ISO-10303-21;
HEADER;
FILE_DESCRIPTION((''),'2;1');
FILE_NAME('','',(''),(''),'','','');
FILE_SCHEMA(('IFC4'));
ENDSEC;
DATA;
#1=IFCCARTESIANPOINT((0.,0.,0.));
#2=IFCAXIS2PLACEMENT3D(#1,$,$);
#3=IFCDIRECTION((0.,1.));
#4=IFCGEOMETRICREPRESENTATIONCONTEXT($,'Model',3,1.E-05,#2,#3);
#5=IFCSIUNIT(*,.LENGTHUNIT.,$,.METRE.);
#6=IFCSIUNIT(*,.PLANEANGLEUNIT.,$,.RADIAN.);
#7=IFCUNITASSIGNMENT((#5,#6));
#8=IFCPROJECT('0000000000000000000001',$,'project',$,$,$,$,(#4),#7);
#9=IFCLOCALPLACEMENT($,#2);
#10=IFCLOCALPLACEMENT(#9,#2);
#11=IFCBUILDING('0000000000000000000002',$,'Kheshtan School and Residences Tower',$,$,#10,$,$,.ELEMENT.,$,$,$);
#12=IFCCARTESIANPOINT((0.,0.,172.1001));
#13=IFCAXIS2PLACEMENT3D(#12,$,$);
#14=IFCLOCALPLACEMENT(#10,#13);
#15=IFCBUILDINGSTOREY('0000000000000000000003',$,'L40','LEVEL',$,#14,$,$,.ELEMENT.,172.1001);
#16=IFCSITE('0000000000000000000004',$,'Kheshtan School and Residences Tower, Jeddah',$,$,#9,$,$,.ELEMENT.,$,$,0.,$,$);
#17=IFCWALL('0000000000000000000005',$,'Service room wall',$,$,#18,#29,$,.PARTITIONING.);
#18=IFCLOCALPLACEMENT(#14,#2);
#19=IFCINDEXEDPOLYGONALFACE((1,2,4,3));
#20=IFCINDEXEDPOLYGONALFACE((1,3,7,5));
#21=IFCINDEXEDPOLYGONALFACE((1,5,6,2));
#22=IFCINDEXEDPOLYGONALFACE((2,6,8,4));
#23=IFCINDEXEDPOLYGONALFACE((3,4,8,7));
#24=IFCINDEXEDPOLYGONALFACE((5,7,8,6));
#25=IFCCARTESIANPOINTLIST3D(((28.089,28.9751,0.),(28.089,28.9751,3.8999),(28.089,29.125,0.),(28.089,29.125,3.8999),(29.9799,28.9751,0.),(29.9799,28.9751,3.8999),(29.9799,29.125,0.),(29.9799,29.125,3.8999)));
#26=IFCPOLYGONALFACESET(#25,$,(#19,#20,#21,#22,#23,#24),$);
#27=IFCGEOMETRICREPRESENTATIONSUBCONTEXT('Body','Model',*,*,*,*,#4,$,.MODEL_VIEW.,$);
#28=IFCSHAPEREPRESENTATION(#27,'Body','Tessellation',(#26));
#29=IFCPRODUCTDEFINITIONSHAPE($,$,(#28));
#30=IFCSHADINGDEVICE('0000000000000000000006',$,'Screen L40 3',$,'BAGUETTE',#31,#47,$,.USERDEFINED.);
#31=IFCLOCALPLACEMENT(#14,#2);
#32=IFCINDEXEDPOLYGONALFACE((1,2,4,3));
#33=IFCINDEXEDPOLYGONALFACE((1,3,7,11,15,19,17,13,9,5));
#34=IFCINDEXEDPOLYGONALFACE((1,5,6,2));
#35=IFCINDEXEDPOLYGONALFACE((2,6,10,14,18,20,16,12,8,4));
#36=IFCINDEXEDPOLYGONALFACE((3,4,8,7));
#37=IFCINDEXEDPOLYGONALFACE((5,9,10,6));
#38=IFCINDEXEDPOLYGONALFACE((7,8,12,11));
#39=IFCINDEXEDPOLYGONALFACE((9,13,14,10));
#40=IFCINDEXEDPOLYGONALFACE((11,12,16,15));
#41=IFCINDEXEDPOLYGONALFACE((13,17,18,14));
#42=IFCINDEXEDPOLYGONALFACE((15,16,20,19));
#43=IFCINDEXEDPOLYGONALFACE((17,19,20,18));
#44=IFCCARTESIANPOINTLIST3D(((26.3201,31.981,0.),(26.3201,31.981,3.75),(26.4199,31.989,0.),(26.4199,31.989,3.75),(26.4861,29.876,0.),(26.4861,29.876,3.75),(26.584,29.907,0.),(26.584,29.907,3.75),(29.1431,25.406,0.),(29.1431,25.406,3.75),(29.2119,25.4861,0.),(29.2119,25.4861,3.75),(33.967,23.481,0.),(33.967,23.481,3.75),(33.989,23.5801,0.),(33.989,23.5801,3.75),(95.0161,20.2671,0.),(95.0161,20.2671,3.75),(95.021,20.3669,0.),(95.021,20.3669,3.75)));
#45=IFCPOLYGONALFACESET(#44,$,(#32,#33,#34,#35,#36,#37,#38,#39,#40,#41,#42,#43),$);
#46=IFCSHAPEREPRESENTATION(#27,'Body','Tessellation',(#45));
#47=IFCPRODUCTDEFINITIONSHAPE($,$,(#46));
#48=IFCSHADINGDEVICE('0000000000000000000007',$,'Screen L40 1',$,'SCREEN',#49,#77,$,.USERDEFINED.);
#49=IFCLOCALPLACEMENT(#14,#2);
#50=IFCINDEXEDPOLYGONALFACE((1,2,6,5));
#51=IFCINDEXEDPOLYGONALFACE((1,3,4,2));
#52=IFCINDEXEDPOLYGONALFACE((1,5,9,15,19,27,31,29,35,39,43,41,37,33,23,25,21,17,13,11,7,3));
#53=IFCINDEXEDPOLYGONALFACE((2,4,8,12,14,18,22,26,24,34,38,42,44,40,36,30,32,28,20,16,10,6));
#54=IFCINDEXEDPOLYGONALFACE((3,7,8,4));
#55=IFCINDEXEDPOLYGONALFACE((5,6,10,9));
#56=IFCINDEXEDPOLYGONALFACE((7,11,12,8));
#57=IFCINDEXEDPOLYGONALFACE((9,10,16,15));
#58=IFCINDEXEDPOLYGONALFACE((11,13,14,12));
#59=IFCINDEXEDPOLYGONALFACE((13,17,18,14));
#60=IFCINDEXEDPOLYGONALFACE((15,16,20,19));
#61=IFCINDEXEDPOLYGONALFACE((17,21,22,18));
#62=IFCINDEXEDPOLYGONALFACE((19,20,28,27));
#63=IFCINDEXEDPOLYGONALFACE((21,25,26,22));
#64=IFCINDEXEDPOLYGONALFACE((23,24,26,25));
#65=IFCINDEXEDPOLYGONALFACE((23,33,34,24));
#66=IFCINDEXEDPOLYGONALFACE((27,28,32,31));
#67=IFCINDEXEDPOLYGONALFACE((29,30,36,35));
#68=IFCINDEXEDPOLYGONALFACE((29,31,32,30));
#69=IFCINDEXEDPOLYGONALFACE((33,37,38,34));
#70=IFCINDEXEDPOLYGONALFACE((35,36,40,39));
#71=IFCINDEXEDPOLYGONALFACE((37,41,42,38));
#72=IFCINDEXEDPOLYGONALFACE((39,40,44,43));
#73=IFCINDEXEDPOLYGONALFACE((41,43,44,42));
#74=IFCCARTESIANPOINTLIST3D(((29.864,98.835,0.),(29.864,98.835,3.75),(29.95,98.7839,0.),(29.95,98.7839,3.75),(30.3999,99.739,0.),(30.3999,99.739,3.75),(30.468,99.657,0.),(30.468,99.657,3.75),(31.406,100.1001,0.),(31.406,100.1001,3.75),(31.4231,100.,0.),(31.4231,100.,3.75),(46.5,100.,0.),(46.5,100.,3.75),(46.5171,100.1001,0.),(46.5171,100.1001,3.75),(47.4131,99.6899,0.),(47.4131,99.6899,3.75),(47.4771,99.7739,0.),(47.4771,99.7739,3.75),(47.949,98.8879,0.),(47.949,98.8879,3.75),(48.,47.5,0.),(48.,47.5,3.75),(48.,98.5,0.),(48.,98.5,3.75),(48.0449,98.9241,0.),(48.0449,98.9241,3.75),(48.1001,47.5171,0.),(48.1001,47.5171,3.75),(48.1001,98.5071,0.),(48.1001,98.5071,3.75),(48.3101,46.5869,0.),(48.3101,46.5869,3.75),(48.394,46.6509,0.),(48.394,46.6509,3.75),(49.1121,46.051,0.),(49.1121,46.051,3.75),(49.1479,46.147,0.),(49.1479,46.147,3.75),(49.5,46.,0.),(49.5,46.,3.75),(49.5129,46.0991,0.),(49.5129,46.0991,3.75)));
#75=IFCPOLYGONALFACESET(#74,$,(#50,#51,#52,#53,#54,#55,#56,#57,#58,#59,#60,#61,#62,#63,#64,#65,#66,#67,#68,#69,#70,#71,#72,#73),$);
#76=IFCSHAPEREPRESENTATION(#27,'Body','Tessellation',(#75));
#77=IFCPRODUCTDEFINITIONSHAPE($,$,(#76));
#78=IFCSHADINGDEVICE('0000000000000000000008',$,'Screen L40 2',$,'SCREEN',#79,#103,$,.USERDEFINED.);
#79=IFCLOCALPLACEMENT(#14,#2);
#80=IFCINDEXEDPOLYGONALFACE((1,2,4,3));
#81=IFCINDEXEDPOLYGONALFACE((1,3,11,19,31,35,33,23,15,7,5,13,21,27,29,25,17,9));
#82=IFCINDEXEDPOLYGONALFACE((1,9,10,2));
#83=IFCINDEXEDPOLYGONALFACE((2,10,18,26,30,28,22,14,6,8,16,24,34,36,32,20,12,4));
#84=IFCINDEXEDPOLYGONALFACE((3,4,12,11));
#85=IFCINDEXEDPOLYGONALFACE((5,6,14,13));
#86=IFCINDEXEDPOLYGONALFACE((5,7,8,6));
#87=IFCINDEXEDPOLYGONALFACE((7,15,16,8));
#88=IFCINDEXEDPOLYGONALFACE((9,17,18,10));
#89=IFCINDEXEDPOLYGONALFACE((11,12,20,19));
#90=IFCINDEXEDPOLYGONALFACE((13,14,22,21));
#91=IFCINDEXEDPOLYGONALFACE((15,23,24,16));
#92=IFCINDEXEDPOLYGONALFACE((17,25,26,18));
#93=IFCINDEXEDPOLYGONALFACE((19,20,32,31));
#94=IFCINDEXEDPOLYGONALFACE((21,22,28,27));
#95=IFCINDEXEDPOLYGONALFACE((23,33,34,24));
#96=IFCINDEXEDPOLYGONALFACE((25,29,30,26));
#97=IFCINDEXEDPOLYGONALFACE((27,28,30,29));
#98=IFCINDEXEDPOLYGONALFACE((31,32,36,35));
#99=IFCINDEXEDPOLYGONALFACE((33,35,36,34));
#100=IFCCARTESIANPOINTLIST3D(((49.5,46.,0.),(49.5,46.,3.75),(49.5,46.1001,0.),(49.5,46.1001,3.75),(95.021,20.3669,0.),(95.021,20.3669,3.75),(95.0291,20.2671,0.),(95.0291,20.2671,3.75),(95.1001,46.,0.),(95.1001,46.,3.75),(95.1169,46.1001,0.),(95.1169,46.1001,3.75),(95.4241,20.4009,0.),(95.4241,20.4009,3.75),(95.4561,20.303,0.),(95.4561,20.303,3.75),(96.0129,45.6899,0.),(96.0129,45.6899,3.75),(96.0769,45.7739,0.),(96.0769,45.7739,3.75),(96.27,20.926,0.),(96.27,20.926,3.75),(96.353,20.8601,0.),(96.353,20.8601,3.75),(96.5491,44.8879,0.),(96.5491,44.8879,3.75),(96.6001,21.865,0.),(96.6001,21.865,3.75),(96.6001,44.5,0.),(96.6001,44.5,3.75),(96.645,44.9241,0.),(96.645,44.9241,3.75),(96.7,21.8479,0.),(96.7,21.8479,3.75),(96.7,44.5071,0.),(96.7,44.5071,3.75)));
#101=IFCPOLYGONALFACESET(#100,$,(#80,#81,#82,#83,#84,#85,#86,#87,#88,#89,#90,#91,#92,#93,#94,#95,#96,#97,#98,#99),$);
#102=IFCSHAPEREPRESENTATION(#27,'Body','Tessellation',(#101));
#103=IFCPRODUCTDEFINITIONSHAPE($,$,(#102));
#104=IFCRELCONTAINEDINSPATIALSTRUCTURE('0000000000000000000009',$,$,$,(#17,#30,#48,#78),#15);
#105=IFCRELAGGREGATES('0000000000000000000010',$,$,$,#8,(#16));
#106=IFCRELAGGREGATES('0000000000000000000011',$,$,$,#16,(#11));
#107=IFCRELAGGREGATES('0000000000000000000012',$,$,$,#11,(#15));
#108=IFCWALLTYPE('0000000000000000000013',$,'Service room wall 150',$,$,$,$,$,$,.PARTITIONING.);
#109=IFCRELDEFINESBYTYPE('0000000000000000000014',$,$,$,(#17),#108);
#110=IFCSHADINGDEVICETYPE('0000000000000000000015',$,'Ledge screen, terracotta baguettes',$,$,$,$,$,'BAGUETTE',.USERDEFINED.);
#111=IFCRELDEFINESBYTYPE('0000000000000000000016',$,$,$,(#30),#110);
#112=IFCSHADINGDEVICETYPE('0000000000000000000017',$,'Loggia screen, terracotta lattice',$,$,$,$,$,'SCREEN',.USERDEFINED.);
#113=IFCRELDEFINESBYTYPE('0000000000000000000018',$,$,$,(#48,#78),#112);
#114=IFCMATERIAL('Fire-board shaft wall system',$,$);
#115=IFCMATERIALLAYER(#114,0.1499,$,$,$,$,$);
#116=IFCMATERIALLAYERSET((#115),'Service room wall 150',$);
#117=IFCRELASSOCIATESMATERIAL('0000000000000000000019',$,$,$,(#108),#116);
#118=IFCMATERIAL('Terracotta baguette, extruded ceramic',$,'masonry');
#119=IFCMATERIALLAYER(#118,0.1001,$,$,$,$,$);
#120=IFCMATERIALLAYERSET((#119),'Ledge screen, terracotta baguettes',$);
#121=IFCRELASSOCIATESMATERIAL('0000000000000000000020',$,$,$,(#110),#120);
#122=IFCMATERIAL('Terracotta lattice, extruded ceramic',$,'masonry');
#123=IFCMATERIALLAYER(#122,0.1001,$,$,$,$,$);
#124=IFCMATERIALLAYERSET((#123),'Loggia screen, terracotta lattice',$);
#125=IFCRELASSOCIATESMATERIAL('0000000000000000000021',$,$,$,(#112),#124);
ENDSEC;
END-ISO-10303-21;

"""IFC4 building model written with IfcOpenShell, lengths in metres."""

from ifc_helpers import new_model, si_unit, direction, frame, frame_2d, origin, place, context, subcontext, project, spatial, polyline, rectangle, outline, extrude, material, layer, layer_set, type_object, element, save


model = new_model("IFC4")

# Units and contexts
model_context = context("Model", 3, precision=1e-05, world=origin(), true_north=direction((0.0, 1.0)))
body_context = subcontext(model_context, "Body", "Model", "MODEL_VIEW")
ifc_project = project(units=[si_unit("LENGTHUNIT", "METRE"), si_unit("PLANEANGLEUNIT", "RADIAN")], contexts=[model_context])

# Site, building, storey
site_placement = place(None, origin())
site = spatial("IfcSite", under=ifc_project, at=site_placement, Name="Kheshtan School and Residences Tower, Jeddah", CompositionType="ELEMENT", RefElevation=0.0)
building_placement = place(site_placement, origin())
building = spatial("IfcBuilding", under=site, at=building_placement, Name="Kheshtan School and Residences Tower", CompositionType="ELEMENT")
storey_placement = place(building_placement, frame((0.0, 0.0, 172.1001)))
storey = spatial("IfcBuildingStorey", under=building, at=storey_placement, Name="L40", Description="LEVEL", CompositionType="ELEMENT", Elevation=172.1001)

# Wall
ifc_material_1 = material(Name="Fire-board shaft wall system")
ifc_layer_1 = layer(ifc_material_1, 0.1499)
ifc_layer_set_1 = layer_set([ifc_layer_1], Name="Service room wall 150")
wall_type_1 = type_object("IfcWallType", Name="Service room wall 150", PredefinedType="PARTITIONING", material=ifc_layer_set_1)
wall_1_placement = place(storey_placement, frame((28.0891, 29.05, 0.0), z_axis=(0.0, 0.0, 1.0), x_axis=(1.0, 0.0, 0.0)))
element("IfcWall", 1, at=wall_1_placement, inside=storey, type_object=wall_type_1, Name="Service room wall", PredefinedType="PARTITIONING", context=body_context, shape_type="SweptSolid", body=[
    extrude(rectangle(XDim=1.8909, YDim=0.1499, at=frame_2d((0.9453, 0.0))), origin(), (0.0, 0.0, 1.0), 3.8999),
])

# Shading devices
ifc_material_2 = material(Name="Terracotta baguette, extruded ceramic", Category="masonry")
ifc_layer_2 = layer(ifc_material_2, 0.1001)
ifc_layer_set_2 = layer_set([ifc_layer_2], Name="Ledge screen, terracotta baguettes")
shading_device_type_1 = type_object("IfcShadingDeviceType", Name="Ledge screen, terracotta baguettes", ElementType="BAGUETTE", PredefinedType="USERDEFINED", material=ifc_layer_set_2)
shading_device_1_placement = place(storey_placement, origin())
element("IfcShadingDevice", 2, at=shading_device_1_placement, inside=storey, type_object=shading_device_type_1, Name="Screen L40 3", ObjectType="BAGUETTE", PredefinedType="USERDEFINED", context=body_context, shape_type="SweptSolid", body=[
    extrude(outline(polyline([(95.021, 20.3669), (33.989, 23.5801), (29.2119, 25.4861), (26.584, 29.907), (26.4199, 31.989), (26.3201, 31.981), (26.4861, 29.876), (29.1431, 25.406), (33.967, 23.481), (95.0161, 20.2671), (95.021, 20.3669)])), origin(), (0.0, 0.0, 1.0), 3.75),
])
ifc_material_3 = material(Name="Terracotta lattice, extruded ceramic", Category="masonry")
ifc_layer_3 = layer(ifc_material_3, 0.1001)
ifc_layer_set_3 = layer_set([ifc_layer_3], Name="Loggia screen, terracotta lattice")
shading_device_type_2 = type_object("IfcShadingDeviceType", Name="Loggia screen, terracotta lattice", ElementType="SCREEN", PredefinedType="USERDEFINED", material=ifc_layer_set_3)
shading_device_2_placement = place(storey_placement, origin())
element("IfcShadingDevice", 3, at=shading_device_2_placement, inside=storey, type_object=shading_device_type_2, Name="Screen L40 1", ObjectType="SCREEN", PredefinedType="USERDEFINED", context=body_context, shape_type="SweptSolid", body=[
    extrude(outline(polyline([(29.95, 98.7839), (30.468, 99.657), (31.4231, 100.0), (46.5, 100.0), (47.4131, 99.6899), (47.949, 98.8879), (48.0, 98.5), (48.0, 47.5), (48.3101, 46.5869), (49.1121, 46.051), (49.5, 46.0), (49.5129, 46.0991), (49.1479, 46.147), (48.394, 46.6509), (48.1001, 47.5171), (48.1001, 98.5071), (48.0449, 98.9241), (47.4771, 99.7739), (46.5171, 100.1001), (31.406, 100.1001), (30.3999, 99.739), (29.864, 98.835), (29.95, 98.7839)])), origin(), (0.0, 0.0, 1.0), 3.75),
])
shading_device_3_placement = place(storey_placement, origin())
element("IfcShadingDevice", 4, at=shading_device_3_placement, inside=storey, type_object=shading_device_type_2, Name="Screen L40 2", ObjectType="SCREEN", PredefinedType="USERDEFINED", context=body_context, shape_type="SweptSolid", body=[
    extrude(outline(polyline([(49.5, 46.0), (95.1001, 46.0), (96.0129, 45.6899), (96.5491, 44.8879), (96.6001, 44.5), (96.6001, 21.865), (96.27, 20.926), (95.4241, 20.4009), (95.021, 20.3669), (95.0291, 20.2671), (95.4561, 20.303), (96.353, 20.8601), (96.7, 21.8479), (96.7, 44.5071), (96.645, 44.9241), (96.0769, 45.7739), (95.1169, 46.1001), (49.5, 46.1001), (49.5, 46.0)])), origin(), (0.0, 0.0, 1.0), 3.75),
])

save(model, "model.ifc")
